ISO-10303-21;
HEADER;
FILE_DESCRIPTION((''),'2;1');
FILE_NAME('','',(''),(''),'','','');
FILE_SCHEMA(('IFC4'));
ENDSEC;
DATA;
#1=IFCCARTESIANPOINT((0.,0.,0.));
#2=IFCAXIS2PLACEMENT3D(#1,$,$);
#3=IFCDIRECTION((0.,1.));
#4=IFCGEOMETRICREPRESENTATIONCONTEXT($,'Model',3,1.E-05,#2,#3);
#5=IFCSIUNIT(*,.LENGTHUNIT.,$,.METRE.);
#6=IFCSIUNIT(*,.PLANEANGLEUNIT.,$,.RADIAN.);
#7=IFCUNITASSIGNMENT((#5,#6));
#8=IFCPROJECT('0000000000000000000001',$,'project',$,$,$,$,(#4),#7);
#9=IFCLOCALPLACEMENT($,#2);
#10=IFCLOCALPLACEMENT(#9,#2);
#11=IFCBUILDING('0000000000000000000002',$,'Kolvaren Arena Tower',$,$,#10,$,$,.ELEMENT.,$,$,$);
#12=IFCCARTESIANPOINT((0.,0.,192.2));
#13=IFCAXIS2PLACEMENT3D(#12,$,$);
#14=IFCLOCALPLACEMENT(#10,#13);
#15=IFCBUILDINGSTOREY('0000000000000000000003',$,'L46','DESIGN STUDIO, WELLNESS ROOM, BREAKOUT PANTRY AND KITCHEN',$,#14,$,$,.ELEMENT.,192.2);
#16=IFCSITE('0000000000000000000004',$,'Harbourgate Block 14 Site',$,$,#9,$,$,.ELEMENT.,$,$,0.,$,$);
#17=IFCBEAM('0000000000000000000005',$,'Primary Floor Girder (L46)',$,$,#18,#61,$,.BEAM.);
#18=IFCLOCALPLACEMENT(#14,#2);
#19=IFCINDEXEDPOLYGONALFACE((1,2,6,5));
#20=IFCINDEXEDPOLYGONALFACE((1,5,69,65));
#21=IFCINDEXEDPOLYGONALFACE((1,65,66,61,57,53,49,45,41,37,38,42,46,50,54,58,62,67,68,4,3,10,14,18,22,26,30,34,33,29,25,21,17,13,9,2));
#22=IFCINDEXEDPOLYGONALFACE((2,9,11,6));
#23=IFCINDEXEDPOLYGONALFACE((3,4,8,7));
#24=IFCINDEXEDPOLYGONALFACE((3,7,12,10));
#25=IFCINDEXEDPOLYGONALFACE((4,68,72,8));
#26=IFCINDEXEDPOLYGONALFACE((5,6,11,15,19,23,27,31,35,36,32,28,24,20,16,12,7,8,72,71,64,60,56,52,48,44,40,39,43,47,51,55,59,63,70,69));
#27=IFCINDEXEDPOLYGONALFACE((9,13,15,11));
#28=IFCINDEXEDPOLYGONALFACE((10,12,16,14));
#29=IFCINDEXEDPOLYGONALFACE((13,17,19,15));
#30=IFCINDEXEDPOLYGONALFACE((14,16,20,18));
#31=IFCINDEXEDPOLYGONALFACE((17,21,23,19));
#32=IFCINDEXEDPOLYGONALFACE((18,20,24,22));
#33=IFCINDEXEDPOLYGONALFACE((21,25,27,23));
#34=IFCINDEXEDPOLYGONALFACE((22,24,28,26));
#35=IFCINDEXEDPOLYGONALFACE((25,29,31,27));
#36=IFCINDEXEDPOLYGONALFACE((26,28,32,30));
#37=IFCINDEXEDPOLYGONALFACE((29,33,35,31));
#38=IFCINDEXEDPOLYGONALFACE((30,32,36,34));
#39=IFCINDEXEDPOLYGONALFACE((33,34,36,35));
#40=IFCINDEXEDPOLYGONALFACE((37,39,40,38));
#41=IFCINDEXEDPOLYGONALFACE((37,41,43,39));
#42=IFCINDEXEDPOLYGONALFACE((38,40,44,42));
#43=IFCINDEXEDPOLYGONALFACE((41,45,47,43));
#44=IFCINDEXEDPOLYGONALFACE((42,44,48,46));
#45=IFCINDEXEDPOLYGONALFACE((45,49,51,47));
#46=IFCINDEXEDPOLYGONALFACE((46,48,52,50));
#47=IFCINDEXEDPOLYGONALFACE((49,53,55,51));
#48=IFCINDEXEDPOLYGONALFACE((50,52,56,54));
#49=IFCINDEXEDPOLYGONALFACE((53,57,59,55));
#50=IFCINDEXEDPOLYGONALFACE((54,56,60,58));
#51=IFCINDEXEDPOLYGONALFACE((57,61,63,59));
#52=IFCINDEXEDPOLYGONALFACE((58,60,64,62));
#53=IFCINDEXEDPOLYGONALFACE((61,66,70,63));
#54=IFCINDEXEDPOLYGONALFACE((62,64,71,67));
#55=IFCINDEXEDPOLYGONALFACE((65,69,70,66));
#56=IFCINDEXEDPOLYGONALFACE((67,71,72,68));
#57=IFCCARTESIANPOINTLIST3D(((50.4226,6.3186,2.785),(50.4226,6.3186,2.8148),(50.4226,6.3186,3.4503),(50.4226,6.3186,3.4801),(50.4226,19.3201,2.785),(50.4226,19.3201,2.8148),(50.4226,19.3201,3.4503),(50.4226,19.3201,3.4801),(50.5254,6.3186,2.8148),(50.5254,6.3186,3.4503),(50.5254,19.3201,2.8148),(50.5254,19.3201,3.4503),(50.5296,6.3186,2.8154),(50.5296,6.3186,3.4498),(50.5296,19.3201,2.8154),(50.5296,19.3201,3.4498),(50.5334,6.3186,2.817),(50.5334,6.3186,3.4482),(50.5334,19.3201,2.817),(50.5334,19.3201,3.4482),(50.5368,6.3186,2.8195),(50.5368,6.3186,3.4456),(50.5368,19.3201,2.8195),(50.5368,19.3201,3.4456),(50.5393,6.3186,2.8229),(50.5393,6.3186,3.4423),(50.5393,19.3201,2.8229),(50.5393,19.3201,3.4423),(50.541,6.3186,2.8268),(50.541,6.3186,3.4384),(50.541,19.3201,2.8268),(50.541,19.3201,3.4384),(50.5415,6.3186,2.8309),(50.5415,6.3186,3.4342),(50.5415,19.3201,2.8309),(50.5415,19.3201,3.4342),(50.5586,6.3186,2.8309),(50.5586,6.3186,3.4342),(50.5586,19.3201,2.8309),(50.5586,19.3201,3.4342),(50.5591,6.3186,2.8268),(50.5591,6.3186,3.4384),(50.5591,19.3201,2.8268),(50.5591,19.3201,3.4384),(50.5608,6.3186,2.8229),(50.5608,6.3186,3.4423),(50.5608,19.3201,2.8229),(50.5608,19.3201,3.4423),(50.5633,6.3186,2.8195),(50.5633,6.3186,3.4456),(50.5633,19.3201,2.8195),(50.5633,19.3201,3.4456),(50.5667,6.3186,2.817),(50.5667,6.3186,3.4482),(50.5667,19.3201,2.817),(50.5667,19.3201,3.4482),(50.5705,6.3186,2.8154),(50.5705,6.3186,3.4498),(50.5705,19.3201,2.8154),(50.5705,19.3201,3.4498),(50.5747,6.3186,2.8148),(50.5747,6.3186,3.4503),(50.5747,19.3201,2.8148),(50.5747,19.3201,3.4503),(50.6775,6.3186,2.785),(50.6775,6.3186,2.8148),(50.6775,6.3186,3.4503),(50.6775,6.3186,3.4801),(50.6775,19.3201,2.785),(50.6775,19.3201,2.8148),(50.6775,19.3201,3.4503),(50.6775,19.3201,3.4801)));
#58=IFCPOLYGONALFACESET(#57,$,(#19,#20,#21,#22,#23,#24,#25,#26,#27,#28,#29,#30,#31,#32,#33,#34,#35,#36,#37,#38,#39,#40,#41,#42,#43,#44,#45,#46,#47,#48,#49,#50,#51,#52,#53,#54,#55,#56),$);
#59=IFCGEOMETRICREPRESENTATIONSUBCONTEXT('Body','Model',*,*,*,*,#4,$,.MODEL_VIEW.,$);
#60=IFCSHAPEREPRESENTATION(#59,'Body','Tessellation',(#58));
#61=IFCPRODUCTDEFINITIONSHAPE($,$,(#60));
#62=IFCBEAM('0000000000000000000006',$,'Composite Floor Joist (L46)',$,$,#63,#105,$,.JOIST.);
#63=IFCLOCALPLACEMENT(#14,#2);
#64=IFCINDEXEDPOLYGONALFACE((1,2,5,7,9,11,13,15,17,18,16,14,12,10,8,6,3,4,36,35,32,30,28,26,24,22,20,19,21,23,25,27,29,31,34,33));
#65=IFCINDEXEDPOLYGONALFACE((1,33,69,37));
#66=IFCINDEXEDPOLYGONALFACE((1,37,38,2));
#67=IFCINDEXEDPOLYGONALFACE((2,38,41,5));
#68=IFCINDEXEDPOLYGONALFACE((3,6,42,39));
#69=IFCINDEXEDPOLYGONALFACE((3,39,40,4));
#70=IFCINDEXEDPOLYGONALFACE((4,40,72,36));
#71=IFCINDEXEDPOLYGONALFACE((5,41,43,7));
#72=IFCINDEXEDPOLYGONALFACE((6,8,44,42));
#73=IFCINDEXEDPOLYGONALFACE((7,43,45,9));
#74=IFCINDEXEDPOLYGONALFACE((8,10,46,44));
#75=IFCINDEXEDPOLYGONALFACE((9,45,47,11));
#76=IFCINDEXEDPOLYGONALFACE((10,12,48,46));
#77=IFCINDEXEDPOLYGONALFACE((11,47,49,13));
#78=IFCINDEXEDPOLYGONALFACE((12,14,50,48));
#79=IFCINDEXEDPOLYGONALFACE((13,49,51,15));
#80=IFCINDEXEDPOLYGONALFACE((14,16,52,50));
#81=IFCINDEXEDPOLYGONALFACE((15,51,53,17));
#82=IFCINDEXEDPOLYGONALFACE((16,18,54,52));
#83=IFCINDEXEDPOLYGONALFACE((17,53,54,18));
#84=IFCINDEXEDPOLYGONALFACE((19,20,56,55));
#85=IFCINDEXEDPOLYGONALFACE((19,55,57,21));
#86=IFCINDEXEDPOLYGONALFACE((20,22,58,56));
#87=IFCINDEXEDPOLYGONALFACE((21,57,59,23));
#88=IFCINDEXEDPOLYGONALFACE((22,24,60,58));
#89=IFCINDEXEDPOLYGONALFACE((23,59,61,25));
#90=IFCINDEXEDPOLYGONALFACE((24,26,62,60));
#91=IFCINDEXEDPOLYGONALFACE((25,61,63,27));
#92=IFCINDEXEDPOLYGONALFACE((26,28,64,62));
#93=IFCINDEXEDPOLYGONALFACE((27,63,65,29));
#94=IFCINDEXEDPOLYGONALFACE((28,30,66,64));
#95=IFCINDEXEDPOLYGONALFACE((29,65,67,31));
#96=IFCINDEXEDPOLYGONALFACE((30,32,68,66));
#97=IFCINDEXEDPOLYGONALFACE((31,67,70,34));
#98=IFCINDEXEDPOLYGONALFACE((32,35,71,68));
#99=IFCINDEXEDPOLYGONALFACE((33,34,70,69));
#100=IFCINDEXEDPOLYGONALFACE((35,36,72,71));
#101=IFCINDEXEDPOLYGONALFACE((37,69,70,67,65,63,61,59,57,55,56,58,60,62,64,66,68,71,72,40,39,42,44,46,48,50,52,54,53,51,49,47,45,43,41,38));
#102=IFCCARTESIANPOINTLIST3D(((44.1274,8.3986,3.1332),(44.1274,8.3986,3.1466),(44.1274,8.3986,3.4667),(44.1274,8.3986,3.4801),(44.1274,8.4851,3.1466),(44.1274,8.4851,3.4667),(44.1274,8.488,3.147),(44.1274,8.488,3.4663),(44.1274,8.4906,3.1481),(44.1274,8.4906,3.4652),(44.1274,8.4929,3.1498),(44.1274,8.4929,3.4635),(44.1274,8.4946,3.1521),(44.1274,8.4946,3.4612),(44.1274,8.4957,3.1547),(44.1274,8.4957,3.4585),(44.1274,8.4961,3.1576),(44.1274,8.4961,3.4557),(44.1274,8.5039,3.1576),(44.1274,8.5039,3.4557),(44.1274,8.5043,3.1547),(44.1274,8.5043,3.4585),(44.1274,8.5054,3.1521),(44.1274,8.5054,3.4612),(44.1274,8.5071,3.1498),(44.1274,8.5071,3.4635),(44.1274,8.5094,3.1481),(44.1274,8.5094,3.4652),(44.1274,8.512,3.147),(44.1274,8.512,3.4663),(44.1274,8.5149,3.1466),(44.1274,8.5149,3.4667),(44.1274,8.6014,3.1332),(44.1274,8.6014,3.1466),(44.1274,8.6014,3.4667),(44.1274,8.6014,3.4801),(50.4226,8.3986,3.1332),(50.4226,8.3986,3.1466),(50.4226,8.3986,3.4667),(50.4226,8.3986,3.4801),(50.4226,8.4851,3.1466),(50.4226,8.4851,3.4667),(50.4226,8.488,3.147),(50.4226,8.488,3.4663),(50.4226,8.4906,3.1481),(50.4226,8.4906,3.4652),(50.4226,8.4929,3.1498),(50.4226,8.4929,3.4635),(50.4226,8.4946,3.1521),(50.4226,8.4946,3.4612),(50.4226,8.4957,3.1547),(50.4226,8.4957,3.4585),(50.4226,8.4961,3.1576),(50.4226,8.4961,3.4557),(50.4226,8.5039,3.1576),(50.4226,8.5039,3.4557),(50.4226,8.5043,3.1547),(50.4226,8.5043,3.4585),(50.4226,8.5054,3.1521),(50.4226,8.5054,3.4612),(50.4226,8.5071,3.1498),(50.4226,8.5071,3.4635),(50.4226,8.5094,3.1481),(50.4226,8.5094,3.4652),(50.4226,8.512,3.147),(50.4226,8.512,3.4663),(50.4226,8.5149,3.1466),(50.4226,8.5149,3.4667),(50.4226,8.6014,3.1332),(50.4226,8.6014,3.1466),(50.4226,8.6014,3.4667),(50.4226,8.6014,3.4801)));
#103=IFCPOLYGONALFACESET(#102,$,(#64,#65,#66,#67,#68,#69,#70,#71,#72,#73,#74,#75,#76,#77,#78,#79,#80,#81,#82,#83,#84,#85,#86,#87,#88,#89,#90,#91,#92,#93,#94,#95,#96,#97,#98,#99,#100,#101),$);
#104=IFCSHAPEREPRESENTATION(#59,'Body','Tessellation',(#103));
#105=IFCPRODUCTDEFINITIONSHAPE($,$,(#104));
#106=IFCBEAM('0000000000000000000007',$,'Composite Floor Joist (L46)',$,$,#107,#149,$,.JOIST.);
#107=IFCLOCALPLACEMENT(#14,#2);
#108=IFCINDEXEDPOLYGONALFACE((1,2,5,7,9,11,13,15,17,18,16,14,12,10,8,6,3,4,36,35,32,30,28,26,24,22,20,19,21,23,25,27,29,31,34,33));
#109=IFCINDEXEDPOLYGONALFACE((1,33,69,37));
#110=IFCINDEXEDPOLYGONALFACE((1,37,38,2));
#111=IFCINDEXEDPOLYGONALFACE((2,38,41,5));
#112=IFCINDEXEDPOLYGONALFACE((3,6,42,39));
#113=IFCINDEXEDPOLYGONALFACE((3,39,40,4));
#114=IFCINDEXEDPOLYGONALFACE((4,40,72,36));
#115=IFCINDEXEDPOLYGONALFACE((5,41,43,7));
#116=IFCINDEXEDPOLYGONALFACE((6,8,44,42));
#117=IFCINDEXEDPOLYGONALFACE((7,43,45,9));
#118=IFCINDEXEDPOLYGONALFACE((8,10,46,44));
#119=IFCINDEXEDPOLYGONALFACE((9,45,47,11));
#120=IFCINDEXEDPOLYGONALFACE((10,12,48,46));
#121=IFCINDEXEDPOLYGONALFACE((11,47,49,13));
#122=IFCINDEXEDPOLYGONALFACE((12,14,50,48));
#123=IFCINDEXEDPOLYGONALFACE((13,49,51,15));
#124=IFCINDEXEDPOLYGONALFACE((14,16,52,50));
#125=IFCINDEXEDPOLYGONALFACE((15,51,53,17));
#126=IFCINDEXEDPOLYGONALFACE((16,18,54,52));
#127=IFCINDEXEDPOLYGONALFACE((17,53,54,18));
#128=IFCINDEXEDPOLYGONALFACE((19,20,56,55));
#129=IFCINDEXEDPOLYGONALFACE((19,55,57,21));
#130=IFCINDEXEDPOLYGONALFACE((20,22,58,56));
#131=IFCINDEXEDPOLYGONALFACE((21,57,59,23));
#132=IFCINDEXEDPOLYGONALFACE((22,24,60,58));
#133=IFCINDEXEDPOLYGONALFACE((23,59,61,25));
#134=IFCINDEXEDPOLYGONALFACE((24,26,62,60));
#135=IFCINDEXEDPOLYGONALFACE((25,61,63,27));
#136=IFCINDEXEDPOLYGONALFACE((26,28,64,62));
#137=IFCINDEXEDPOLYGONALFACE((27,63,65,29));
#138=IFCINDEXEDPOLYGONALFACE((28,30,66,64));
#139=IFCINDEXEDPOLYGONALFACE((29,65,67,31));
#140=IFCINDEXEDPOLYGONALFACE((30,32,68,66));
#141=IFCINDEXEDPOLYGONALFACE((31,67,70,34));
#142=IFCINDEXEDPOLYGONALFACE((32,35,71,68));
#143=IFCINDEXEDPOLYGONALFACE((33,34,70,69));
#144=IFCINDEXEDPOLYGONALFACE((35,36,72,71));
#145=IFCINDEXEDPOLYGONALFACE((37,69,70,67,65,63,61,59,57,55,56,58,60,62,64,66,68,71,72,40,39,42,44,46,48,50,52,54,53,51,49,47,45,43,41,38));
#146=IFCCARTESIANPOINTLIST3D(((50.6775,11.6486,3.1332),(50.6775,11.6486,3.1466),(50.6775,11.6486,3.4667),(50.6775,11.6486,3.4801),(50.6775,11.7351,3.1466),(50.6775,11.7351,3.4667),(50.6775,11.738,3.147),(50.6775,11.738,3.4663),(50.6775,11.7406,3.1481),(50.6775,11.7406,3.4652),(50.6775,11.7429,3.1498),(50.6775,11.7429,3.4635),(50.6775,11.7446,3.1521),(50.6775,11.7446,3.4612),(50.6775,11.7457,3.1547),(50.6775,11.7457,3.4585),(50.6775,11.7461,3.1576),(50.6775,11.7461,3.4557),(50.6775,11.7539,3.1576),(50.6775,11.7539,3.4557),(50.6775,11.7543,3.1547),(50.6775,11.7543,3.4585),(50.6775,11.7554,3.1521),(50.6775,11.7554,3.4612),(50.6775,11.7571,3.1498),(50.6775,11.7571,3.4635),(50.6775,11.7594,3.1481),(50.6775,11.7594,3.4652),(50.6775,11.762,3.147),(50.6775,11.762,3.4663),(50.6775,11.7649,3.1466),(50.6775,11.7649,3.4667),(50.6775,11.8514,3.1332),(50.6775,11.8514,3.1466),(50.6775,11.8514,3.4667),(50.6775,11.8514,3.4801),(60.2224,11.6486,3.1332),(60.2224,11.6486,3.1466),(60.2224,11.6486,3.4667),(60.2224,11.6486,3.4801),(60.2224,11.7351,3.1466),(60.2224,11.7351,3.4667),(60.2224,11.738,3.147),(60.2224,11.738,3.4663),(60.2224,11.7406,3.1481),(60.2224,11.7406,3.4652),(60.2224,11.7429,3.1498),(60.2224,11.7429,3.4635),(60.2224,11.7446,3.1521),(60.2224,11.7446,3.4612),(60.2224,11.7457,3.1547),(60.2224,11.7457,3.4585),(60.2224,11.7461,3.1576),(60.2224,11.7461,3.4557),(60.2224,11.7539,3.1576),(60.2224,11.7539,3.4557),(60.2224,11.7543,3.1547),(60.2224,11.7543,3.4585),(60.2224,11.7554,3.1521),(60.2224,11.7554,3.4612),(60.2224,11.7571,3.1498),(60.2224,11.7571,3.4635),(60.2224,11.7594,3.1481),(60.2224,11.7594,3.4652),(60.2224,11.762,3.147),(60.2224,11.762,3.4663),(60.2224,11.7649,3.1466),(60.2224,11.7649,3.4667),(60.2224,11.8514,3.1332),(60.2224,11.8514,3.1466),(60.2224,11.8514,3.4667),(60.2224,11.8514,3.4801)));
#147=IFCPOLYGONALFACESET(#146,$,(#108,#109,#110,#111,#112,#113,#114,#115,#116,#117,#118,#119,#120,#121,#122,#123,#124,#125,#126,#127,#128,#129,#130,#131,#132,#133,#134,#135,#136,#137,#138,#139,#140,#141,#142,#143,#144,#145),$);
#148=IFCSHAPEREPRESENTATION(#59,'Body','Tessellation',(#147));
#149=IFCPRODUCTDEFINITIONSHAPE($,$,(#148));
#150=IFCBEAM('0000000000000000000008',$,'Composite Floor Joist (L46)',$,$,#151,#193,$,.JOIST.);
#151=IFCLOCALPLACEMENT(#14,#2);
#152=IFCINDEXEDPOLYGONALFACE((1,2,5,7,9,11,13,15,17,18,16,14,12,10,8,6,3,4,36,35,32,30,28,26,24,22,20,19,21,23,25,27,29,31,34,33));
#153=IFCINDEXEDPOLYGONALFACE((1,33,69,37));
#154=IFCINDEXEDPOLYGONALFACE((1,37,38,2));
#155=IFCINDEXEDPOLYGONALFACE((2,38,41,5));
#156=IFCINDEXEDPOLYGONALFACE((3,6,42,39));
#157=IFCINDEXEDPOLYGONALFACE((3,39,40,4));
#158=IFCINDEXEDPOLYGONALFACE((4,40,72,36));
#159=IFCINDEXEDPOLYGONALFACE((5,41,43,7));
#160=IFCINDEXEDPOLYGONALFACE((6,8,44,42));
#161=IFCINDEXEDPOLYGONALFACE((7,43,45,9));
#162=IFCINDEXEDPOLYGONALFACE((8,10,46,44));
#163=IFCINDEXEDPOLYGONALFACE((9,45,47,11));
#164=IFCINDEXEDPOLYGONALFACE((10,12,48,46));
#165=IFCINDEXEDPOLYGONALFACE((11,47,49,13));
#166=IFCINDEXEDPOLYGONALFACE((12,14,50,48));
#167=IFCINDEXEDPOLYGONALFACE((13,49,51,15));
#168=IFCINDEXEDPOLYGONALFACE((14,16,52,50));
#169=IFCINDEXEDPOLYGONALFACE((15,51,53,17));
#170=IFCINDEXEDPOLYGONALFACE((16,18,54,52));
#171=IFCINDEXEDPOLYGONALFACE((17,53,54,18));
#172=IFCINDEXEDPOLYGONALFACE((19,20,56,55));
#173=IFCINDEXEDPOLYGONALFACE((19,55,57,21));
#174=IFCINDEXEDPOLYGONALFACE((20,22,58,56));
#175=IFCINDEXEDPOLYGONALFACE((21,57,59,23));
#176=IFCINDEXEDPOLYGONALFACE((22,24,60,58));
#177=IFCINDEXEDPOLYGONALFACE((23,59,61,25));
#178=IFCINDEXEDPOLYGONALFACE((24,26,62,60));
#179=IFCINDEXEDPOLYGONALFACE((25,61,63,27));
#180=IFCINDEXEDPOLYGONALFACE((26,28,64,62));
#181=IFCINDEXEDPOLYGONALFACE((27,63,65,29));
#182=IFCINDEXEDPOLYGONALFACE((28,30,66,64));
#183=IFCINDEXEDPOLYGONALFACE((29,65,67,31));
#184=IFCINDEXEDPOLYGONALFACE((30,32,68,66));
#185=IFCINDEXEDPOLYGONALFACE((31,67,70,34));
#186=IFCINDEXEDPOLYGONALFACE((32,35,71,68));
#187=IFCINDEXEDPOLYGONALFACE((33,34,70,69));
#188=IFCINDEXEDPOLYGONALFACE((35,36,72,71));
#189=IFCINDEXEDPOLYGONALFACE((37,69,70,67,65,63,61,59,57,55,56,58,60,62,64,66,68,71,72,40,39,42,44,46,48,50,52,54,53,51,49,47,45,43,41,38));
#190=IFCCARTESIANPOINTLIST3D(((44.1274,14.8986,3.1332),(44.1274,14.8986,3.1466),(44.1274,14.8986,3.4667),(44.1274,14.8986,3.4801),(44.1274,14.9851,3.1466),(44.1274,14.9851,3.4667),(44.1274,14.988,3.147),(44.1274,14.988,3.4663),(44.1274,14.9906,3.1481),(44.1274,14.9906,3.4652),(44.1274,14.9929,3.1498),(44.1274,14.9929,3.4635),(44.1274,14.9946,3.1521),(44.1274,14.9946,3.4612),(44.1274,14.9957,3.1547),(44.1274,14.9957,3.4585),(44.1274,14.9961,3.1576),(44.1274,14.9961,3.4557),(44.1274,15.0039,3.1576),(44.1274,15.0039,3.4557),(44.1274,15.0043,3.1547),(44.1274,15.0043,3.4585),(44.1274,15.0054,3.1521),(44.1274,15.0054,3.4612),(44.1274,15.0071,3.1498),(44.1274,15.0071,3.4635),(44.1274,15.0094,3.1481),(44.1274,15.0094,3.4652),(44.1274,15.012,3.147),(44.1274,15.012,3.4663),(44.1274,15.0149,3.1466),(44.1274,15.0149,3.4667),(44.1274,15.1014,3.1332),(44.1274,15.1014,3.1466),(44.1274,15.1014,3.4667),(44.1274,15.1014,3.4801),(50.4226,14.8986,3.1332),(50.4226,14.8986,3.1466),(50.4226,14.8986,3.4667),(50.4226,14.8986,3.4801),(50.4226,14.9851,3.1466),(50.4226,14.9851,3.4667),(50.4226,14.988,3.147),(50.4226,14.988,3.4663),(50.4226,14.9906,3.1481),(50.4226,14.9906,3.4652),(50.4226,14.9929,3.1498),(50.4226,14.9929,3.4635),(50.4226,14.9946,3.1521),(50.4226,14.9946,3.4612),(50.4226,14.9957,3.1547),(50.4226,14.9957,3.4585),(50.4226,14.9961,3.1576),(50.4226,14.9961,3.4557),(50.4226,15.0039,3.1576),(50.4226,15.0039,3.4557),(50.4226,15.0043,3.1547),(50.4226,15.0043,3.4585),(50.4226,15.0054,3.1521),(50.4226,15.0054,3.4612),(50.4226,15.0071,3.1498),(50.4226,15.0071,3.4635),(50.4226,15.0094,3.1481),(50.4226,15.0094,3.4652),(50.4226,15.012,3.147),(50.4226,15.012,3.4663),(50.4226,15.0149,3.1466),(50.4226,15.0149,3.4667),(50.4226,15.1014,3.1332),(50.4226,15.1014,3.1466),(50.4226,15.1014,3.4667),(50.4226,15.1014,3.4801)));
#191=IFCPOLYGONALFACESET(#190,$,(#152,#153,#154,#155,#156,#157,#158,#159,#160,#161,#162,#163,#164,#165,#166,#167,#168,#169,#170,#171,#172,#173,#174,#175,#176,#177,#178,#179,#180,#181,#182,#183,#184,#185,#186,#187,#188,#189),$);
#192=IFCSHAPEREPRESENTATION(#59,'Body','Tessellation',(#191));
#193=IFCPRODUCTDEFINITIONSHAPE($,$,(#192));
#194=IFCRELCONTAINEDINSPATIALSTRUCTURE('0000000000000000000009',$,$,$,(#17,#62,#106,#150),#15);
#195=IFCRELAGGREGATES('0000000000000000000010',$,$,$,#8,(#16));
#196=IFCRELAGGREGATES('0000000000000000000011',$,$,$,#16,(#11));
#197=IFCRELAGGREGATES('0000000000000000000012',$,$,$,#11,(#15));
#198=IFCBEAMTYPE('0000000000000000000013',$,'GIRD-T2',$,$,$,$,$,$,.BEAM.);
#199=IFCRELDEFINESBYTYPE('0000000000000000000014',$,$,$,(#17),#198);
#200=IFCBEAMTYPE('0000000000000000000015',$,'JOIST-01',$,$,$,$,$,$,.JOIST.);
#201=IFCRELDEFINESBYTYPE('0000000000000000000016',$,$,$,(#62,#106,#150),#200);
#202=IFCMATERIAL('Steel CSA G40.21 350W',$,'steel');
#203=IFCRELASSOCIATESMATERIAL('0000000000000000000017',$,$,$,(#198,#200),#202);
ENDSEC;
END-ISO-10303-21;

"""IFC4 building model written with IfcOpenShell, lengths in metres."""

from ifc_helpers import new_model, si_unit, direction, frame, origin, origin_2d, place, context, subcontext, project, spatial, i_section, extrude, material, material_profile, profile_set, type_object, element, save


model = new_model("IFC4")

# Units and contexts
model_context = context("Model", 3, precision=1e-05, world=origin(), true_north=direction((0.0, 1.0)))
body_context = subcontext(model_context, "Body", "Model", "MODEL_VIEW")
ifc_project = project(units=[si_unit("LENGTHUNIT", "METRE"), si_unit("PLANEANGLEUNIT", "RADIAN")], contexts=[model_context])

# Site, building, storey
site_placement = place(None, origin())
site = spatial("IfcSite", under=ifc_project, at=site_placement, Name="Harbourgate Block 14 Site", CompositionType="ELEMENT", RefElevation=0.0)
building_placement = place(site_placement, origin())
building = spatial("IfcBuilding", under=site, at=building_placement, Name="Kolvaren Arena Tower", CompositionType="ELEMENT")
storey_placement = place(building_placement, frame((0.0, 0.0, 192.2)))
storey = spatial("IfcBuildingStorey", under=building, at=storey_placement, Name="L46", Description="DESIGN STUDIO, WELLNESS ROOM, BREAKOUT PANTRY AND KITCHEN", CompositionType="ELEMENT", Elevation=192.2)

# Beams
ifc_material_1 = material(Name="Steel CSA G40.21 350W", Category="steel")
ifc_material_profile_1 = material_profile(ifc_material_1, i_section(OverallWidth=0.2549, OverallDepth=0.6951, WebThickness=0.0171, FlangeThickness=0.0298, FilletRadius=0.0161, at=origin_2d()), Name="W690x217")
ifc_profile_set_1 = profile_set([ifc_material_profile_1], Name="Steel CSA G40.21 350W")
beam_type_1 = type_object("IfcBeamType", Name="GIRD-T2", PredefinedType="BEAM", material=ifc_profile_set_1)
beam_1_placement = place(storey_placement, frame((50.55, 6.3186, 3.1326), z_axis=(0.0, 1.0, 0.0), x_axis=(-1.0, 0.0, 0.0)))
element("IfcBeam", 1, at=beam_1_placement, inside=storey, type_object=beam_type_1, Name="Primary Floor Girder (L46)", PredefinedType="BEAM", context=body_context, shape_type="SweptSolid", body=[
    extrude(i_section(OverallWidth=0.2549, OverallDepth=0.6951, WebThickness=0.0171, FlangeThickness=0.0298, FilletRadius=0.0161, at=origin_2d()), origin(), (0.0, 0.0, 1.0), 13.0015),
])
ifc_material_profile_2 = material_profile(ifc_material_1, i_section(OverallWidth=0.2029, OverallDepth=0.3469, WebThickness=0.0078, FlangeThickness=0.0134, FilletRadius=0.011, at=origin_2d()), Name="W360x64")
ifc_profile_set_2 = profile_set([ifc_material_profile_2], Name="Steel CSA G40.21 350W")
beam_type_2 = type_object("IfcBeamType", Name="JOIST-01", PredefinedType="JOIST", material=ifc_profile_set_2)
beam_2_placement = place(storey_placement, frame((44.1274, 8.5, 3.3066), z_axis=(1.0, 0.0, 0.0), x_axis=(0.0, 1.0, 0.0)))
element("IfcBeam", 2, at=beam_2_placement, inside=storey, type_object=beam_type_2, Name="Composite Floor Joist (L46)", PredefinedType="JOIST", context=body_context, shape_type="SweptSolid", body=[
    extrude(i_section(OverallWidth=0.2029, OverallDepth=0.3469, WebThickness=0.0078, FlangeThickness=0.0134, FilletRadius=0.011, at=origin_2d()), origin(), (0.0, 0.0, 1.0), 6.2952),
])
beam_3_placement = place(storey_placement, frame((50.6775, 11.75, 3.3066), z_axis=(1.0, 0.0, 0.0), x_axis=(0.0, 1.0, 0.0)))
element("IfcBeam", 3, at=beam_3_placement, inside=storey, type_object=beam_type_2, Name="Composite Floor Joist (L46)", PredefinedType="JOIST", context=body_context, shape_type="SweptSolid", body=[
    extrude(i_section(OverallWidth=0.2029, OverallDepth=0.3469, WebThickness=0.0078, FlangeThickness=0.0134, FilletRadius=0.011, at=origin_2d()), origin(), (0.0, 0.0, 1.0), 9.5449),
])
beam_4_placement = place(storey_placement, frame((44.1274, 15.0, 3.3066), z_axis=(1.0, 0.0, 0.0), x_axis=(0.0, 1.0, 0.0)))
element("IfcBeam", 4, at=beam_4_placement, inside=storey, type_object=beam_type_2, Name="Composite Floor Joist (L46)", PredefinedType="JOIST", context=body_context, shape_type="SweptSolid", body=[
    extrude(i_section(OverallWidth=0.2029, OverallDepth=0.3469, WebThickness=0.0078, FlangeThickness=0.0134, FilletRadius=0.011, at=origin_2d()), origin(), (0.0, 0.0, 1.0), 6.2952),
])

save(model, "model.ifc")
